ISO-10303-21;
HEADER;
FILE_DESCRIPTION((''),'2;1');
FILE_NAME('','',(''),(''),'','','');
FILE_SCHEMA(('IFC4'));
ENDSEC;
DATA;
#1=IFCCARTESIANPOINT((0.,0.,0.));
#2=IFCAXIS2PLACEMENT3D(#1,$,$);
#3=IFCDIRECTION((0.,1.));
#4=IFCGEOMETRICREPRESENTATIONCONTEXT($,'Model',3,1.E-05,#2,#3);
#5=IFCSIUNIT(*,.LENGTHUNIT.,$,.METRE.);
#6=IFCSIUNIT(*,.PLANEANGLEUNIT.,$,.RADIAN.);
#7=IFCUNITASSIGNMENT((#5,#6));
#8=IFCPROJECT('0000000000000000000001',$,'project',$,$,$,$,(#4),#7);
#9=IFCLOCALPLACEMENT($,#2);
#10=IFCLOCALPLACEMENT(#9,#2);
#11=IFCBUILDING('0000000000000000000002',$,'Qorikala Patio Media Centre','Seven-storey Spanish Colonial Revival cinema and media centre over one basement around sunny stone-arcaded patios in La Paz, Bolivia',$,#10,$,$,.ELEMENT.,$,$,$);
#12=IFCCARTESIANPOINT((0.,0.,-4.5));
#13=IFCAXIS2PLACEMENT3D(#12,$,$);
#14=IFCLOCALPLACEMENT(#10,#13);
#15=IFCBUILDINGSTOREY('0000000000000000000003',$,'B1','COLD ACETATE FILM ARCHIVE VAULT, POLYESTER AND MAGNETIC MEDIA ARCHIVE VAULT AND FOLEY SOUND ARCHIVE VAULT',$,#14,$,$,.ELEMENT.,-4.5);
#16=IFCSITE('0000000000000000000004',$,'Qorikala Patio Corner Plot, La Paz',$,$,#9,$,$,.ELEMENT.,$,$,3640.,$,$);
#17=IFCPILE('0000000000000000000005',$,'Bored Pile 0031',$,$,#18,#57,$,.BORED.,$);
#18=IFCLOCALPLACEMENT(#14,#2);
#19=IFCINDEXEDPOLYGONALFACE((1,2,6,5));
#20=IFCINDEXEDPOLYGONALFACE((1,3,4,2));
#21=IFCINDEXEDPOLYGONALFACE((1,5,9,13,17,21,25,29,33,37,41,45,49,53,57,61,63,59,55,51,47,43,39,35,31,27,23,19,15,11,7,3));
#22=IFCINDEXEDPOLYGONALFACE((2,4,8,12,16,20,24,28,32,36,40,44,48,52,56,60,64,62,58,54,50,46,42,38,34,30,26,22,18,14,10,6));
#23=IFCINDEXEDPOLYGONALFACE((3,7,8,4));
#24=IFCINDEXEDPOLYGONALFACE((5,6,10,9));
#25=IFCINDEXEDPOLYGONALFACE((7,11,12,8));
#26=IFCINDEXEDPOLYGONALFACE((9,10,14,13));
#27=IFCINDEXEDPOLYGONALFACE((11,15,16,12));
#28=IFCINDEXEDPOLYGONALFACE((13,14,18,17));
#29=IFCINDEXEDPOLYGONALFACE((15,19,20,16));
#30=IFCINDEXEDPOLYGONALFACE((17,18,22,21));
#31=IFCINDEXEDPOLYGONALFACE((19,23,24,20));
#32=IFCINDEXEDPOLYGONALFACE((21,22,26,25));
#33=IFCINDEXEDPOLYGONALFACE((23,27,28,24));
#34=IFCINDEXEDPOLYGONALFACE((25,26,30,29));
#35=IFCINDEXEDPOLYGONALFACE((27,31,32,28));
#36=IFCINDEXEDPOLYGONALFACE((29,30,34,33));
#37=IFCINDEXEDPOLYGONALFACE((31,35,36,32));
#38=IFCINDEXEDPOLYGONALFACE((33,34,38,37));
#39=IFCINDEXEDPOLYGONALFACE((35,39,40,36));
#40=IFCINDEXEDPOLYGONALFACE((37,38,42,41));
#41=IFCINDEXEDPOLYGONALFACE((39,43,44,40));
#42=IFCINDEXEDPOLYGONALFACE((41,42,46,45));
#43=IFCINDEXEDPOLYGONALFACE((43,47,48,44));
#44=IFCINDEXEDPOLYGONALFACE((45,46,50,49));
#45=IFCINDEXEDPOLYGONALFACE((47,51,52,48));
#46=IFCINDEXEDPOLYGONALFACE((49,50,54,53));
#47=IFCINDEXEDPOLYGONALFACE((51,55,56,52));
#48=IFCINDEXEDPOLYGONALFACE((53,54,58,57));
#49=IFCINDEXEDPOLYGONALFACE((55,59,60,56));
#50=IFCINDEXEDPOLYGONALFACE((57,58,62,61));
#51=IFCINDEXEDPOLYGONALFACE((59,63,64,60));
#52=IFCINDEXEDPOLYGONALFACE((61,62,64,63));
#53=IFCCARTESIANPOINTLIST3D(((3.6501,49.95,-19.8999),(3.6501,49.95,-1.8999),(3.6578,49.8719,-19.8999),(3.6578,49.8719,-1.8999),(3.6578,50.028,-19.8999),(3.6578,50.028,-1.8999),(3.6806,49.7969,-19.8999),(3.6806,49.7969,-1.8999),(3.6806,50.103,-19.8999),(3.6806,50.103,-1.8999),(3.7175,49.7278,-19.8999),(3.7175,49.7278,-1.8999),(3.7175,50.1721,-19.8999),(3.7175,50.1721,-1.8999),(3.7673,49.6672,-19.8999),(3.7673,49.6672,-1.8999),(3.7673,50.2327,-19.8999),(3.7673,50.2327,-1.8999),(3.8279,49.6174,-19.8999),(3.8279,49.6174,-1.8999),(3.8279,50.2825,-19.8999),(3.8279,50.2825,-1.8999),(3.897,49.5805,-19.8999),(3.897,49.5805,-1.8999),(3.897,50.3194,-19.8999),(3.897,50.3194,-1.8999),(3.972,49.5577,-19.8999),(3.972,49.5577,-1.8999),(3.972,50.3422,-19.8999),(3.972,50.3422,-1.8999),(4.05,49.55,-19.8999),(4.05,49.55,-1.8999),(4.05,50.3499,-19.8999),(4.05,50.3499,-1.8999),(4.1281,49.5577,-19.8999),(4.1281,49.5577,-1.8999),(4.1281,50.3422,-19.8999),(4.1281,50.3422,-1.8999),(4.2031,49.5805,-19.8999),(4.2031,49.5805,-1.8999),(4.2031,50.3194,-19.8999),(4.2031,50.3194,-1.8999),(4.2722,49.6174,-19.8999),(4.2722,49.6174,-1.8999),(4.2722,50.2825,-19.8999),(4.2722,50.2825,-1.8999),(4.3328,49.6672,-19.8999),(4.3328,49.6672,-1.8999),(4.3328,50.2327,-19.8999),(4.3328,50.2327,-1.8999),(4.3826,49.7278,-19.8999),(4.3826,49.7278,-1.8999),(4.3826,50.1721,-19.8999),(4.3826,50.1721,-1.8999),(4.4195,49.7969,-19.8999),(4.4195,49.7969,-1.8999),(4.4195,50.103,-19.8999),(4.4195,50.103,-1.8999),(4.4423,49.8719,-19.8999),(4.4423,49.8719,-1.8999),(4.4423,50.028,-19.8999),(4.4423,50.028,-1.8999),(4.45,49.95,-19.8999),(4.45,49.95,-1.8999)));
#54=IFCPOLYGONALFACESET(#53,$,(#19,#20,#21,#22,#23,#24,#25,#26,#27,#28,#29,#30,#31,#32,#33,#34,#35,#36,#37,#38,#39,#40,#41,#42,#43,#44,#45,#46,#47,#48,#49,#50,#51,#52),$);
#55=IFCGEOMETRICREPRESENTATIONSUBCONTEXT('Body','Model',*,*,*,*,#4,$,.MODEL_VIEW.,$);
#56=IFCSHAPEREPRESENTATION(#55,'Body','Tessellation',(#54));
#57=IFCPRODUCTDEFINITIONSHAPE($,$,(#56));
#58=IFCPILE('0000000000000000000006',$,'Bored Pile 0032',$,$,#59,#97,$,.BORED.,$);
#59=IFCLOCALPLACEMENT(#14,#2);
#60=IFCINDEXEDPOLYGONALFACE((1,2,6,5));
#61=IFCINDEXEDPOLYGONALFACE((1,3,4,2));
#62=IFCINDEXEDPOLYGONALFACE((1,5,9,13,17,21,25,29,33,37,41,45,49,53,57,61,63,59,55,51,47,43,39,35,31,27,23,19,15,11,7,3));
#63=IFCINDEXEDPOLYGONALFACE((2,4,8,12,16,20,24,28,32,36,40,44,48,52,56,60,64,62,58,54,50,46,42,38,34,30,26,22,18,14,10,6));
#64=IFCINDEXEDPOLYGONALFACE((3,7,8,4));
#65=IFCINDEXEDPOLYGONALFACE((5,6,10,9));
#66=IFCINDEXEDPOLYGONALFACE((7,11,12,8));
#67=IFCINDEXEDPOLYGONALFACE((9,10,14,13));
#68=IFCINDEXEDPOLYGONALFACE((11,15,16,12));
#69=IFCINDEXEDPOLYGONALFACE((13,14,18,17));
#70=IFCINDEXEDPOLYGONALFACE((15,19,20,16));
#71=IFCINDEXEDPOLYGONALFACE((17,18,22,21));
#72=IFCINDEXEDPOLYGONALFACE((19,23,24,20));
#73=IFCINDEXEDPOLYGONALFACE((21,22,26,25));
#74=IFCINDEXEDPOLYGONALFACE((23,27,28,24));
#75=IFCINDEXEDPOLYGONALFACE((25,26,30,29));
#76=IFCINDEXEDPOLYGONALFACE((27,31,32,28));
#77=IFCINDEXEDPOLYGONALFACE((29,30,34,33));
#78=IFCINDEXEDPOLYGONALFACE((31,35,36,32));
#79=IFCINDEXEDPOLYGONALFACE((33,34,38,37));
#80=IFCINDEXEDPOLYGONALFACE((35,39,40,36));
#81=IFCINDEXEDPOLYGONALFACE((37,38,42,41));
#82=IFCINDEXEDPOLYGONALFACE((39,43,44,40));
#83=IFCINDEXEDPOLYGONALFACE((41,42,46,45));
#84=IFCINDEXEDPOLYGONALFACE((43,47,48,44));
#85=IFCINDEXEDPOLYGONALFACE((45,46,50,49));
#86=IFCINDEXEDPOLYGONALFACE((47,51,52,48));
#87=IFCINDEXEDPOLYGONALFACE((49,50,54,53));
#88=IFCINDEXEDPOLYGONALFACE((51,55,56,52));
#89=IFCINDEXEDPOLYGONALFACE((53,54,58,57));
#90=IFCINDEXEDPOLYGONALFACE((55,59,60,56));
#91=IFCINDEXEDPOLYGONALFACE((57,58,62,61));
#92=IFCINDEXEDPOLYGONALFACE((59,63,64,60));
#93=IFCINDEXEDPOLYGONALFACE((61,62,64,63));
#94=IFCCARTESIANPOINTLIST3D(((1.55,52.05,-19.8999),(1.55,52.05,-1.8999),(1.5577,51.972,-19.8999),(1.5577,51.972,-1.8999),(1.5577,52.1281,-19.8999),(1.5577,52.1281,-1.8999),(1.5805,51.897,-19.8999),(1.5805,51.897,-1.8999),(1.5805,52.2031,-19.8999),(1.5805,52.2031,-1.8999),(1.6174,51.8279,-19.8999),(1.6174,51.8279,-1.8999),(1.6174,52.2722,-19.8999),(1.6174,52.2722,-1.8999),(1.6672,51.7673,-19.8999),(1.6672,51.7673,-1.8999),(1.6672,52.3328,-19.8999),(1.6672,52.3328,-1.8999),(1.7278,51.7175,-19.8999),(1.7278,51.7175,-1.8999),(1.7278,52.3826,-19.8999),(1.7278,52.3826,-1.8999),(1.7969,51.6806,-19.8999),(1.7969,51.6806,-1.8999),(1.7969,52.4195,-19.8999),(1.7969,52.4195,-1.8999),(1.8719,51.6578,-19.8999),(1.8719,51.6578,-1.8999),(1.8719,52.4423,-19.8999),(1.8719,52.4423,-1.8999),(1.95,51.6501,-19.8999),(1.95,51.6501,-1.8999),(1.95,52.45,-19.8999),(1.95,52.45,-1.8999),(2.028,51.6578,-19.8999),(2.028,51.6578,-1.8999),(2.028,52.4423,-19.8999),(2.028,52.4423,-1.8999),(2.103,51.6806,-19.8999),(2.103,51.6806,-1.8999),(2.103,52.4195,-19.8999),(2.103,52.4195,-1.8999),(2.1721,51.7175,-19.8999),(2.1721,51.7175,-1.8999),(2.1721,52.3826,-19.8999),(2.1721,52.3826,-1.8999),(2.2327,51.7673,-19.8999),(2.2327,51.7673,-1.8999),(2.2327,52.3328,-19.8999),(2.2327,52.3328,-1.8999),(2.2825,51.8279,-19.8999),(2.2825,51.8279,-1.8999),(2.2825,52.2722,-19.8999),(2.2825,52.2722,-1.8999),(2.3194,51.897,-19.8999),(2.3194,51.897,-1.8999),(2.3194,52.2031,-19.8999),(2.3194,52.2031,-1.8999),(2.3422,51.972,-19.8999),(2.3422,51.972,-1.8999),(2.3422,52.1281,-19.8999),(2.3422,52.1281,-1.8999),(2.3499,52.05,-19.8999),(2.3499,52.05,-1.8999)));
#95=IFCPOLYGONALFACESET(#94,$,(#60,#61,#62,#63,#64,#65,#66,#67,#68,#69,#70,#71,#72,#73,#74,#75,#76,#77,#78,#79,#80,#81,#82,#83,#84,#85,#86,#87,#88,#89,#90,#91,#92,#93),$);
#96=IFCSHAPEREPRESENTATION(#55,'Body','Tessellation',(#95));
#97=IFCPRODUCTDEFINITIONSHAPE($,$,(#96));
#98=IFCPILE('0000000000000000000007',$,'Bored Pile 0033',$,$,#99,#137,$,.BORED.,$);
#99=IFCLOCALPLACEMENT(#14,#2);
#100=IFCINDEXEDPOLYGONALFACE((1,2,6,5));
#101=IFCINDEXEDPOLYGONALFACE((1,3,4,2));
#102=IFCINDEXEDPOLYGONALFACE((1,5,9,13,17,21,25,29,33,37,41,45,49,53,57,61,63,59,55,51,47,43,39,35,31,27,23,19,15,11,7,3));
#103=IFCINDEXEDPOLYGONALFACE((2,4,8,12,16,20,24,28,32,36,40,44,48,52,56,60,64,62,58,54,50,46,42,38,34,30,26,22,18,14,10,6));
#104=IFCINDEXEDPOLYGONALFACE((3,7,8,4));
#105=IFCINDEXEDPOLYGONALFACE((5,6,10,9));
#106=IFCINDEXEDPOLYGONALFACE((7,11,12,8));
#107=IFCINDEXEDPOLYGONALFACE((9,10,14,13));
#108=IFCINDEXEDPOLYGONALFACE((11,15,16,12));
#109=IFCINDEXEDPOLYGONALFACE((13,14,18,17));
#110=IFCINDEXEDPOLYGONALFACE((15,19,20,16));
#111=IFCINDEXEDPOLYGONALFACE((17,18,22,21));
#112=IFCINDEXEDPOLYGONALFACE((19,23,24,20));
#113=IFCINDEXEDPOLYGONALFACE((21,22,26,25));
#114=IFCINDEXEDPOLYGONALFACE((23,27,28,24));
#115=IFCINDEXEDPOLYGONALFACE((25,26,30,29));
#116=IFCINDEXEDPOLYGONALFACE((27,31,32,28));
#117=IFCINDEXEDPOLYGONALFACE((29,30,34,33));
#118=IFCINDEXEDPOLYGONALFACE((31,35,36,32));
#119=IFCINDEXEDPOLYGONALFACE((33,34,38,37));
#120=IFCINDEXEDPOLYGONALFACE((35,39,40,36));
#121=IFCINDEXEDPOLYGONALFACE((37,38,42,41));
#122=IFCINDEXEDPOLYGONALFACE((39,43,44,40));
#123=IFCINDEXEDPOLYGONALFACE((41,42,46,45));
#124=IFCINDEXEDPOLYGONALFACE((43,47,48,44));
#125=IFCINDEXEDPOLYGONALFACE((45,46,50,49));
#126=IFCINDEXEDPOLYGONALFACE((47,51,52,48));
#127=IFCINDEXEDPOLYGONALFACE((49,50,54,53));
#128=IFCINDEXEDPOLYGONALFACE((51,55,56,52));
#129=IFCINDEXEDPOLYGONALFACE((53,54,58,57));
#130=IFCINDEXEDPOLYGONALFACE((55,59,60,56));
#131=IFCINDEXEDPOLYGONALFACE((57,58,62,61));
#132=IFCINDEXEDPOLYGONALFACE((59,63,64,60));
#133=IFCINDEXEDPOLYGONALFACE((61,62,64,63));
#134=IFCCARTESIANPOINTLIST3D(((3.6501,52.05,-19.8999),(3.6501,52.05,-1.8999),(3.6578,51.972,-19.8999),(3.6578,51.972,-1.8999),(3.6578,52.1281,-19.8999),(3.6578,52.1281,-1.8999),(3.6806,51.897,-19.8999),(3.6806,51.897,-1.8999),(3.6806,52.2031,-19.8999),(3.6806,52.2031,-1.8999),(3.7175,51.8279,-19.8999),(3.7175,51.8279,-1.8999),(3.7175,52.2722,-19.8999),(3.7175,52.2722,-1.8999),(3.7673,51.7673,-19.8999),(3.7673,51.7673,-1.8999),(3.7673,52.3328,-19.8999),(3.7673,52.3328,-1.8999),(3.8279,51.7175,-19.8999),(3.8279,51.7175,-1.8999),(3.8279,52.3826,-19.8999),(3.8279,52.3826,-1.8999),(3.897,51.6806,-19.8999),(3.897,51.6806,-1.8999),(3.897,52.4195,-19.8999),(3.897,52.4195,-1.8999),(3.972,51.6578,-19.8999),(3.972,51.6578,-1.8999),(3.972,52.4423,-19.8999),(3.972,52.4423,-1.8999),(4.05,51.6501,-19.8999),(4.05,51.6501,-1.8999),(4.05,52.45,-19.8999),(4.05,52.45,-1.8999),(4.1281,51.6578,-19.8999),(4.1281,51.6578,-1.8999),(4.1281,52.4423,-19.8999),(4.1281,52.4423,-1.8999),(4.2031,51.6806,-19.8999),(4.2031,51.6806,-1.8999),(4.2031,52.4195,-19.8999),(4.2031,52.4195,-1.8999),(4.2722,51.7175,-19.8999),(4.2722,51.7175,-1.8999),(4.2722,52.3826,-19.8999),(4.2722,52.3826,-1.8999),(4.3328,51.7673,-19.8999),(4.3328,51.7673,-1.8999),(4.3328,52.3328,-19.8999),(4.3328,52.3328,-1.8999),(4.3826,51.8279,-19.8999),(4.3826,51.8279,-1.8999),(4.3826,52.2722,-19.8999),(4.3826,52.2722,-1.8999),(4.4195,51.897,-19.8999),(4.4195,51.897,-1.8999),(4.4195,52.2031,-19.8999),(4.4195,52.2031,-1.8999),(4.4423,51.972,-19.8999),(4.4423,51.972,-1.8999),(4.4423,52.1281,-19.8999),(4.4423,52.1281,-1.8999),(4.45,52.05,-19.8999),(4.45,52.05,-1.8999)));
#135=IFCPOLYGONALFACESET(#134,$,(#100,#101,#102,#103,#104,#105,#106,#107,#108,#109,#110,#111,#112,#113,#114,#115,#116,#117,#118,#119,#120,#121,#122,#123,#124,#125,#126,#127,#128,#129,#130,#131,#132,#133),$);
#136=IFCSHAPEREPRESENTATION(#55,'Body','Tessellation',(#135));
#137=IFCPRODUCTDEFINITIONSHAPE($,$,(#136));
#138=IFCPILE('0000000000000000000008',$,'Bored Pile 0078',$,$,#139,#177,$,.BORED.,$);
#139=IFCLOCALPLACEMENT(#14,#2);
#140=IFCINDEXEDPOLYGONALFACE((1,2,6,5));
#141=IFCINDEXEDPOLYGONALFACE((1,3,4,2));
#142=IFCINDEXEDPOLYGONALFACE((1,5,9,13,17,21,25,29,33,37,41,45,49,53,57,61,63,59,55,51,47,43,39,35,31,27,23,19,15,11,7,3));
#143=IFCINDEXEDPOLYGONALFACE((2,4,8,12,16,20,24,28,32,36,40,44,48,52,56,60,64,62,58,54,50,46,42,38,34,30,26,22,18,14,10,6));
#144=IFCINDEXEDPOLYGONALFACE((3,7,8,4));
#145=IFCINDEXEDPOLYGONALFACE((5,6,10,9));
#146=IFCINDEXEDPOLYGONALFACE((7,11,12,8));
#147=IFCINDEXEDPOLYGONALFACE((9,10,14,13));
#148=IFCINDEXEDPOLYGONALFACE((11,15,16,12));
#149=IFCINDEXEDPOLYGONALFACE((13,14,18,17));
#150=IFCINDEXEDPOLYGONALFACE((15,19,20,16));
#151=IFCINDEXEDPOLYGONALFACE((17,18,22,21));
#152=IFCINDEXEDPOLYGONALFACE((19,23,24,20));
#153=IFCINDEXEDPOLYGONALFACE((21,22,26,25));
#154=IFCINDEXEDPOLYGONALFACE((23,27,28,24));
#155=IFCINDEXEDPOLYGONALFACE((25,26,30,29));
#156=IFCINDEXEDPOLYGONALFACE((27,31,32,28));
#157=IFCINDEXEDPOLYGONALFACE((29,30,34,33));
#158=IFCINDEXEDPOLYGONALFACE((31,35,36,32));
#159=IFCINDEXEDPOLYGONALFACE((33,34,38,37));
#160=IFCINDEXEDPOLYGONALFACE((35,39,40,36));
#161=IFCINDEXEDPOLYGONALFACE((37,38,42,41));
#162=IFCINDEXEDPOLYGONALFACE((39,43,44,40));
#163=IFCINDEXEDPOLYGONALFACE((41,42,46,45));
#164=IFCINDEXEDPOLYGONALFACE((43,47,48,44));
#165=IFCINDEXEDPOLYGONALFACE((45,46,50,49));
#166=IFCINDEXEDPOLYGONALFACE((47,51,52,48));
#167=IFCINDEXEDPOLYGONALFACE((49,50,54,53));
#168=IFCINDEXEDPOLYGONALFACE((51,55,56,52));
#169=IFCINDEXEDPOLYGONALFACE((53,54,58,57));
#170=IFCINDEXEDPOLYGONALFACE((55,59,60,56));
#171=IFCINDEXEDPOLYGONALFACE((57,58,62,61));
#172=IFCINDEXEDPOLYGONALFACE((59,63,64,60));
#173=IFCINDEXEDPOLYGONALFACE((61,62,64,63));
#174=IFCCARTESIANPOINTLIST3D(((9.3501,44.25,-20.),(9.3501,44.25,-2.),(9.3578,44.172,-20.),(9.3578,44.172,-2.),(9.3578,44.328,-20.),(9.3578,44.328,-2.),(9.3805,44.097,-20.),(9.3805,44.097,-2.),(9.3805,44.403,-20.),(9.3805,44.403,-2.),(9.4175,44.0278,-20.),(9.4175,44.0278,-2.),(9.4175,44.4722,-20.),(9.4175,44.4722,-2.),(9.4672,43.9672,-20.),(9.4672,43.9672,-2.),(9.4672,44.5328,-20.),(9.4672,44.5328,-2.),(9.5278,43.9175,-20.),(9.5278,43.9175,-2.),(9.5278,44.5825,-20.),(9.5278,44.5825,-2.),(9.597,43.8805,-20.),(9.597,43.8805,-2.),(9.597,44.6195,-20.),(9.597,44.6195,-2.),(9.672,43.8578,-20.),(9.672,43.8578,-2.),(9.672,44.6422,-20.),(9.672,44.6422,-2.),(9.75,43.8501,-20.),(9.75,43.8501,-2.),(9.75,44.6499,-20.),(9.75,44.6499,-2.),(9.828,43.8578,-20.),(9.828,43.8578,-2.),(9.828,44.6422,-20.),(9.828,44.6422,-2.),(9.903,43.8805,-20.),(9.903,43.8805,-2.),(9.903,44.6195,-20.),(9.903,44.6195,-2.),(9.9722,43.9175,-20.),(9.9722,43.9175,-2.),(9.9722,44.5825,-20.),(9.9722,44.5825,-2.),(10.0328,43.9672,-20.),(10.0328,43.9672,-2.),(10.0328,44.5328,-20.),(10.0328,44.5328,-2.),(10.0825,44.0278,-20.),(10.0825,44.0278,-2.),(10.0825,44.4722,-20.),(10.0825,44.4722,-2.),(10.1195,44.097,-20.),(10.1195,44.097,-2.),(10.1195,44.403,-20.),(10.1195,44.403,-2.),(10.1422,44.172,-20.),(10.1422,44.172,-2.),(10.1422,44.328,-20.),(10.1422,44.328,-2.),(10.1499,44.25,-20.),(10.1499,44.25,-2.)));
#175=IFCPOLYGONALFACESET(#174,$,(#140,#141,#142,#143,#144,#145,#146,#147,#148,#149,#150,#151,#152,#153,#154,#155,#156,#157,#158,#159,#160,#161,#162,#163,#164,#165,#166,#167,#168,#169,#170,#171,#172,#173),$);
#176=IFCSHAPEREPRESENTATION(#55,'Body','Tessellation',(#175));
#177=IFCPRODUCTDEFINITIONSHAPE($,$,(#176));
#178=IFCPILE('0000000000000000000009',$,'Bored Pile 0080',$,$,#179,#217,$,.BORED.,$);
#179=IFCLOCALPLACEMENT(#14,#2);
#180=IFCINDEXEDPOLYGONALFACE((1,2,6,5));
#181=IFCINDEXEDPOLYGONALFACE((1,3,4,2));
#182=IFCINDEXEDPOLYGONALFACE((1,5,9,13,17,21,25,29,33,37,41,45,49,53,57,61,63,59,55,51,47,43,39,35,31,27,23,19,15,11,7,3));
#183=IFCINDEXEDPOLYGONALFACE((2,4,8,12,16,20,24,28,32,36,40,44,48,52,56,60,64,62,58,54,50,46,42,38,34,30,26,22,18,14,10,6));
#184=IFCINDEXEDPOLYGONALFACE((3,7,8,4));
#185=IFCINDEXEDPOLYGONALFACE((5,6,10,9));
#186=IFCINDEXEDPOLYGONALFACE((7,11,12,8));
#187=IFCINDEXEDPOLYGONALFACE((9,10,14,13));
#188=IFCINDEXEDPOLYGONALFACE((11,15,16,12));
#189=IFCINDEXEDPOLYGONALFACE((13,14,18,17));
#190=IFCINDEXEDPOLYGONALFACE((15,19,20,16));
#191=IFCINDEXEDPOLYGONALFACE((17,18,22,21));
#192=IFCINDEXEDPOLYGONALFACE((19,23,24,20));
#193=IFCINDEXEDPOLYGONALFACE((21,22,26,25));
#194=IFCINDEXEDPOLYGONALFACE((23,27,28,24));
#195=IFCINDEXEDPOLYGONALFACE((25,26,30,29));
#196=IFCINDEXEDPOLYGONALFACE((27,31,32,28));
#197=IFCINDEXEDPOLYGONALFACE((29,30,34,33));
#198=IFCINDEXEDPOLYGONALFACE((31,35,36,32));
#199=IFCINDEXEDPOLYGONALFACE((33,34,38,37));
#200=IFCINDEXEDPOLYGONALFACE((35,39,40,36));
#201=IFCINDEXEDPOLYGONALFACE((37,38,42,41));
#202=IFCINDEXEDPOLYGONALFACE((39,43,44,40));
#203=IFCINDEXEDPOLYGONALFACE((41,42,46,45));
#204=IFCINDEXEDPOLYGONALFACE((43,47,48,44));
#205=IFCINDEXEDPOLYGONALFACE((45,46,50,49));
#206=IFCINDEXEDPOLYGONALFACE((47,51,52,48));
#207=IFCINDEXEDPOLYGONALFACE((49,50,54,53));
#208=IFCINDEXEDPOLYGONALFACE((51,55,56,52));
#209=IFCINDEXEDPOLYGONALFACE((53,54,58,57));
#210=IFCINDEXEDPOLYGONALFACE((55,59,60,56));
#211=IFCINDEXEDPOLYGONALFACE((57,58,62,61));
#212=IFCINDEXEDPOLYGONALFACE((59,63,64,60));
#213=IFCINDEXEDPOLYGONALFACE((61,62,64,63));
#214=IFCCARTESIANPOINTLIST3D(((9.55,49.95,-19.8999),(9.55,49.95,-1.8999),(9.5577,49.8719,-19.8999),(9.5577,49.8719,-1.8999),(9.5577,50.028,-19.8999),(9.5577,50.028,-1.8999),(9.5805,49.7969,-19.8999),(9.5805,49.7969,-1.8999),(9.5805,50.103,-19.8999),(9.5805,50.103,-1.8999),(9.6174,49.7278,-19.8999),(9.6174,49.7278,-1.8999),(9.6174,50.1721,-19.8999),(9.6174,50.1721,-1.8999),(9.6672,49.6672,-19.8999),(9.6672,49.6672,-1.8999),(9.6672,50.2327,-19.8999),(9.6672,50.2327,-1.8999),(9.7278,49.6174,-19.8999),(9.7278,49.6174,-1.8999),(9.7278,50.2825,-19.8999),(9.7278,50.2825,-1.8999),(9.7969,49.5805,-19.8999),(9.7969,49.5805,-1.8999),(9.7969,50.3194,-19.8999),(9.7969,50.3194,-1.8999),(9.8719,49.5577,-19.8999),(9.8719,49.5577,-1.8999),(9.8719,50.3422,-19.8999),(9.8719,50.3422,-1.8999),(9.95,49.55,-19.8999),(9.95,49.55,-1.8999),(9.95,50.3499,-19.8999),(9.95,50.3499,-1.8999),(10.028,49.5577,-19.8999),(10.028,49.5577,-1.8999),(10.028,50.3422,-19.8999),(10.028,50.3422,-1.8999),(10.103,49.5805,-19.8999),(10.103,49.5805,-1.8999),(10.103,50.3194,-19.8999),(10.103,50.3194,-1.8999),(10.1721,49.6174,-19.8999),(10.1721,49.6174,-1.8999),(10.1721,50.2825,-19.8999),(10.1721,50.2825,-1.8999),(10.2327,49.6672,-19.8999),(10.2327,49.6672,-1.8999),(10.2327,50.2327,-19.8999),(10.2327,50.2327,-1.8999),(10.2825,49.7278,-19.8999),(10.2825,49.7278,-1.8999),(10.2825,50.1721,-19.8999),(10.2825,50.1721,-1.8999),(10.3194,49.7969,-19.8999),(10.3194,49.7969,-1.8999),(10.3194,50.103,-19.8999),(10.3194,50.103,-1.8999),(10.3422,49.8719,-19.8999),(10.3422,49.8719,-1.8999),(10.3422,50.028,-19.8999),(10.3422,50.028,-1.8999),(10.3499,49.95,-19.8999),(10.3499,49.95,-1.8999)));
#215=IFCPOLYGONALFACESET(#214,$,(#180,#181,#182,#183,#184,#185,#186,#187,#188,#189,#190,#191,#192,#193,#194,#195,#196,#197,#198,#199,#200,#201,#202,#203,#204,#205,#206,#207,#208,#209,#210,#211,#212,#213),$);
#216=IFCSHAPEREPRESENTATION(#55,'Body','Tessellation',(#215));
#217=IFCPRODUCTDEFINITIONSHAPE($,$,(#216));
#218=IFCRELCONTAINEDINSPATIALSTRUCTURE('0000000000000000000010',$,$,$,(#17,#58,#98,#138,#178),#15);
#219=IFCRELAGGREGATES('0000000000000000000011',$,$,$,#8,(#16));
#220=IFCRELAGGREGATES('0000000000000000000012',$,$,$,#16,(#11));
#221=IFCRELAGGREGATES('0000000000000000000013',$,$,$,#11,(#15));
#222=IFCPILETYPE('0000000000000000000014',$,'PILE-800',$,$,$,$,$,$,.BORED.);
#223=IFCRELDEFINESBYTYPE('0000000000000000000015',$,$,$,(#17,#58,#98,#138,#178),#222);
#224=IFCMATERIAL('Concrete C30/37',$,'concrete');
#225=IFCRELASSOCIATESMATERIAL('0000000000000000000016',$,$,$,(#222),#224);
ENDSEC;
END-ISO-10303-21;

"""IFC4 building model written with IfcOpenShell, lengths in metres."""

from ifc_helpers import new_model, si_unit, direction, frame, origin, origin_2d, place, context, subcontext, project, spatial, circle, extrude, material, material_profile, profile_set, type_object, element, save


model = new_model("IFC4")

# Units and contexts
model_context = context("Model", 3, precision=1e-05, world=origin(), true_north=direction((0.0, 1.0)))
body_context = subcontext(model_context, "Body", "Model", "MODEL_VIEW")
ifc_project = project(units=[si_unit("LENGTHUNIT", "METRE"), si_unit("PLANEANGLEUNIT", "RADIAN")], contexts=[model_context])

# Site, building, storey
site_placement = place(None, origin())
site = spatial("IfcSite", under=ifc_project, at=site_placement, Name="Qorikala Patio Corner Plot, La Paz", CompositionType="ELEMENT", RefElevation=3640.0)
building_placement = place(site_placement, origin())
building = spatial("IfcBuilding", under=site, at=building_placement, Name="Qorikala Patio Media Centre", Description="Seven-storey Spanish Colonial Revival cinema and media centre over one basement around sunny stone-arcaded patios in La Paz, Bolivia", CompositionType="ELEMENT")
storey_placement = place(building_placement, frame((0.0, 0.0, -4.5)))
storey = spatial("IfcBuildingStorey", under=building, at=storey_placement, Name="B1", Description="COLD ACETATE FILM ARCHIVE VAULT, POLYESTER AND MAGNETIC MEDIA ARCHIVE VAULT AND FOLEY SOUND ARCHIVE VAULT", CompositionType="ELEMENT", Elevation=-4.5)

# Shared definitions
ifc_material_1 = material(Name="Concrete C30/37", Category="concrete")

# Piles
ifc_material_profile_1 = material_profile(ifc_material_1, circle(Radius=0.3999, at=origin_2d()), Name="BORED PILE 800")
ifc_profile_set_1 = profile_set([ifc_material_profile_1], Name="Concrete C30/37")
pile_type_1 = type_object("IfcPileType", Name="PILE-800", PredefinedType="BORED", material=ifc_profile_set_1)
for number, where, z_axis, x_axis, name in (
    (1, (4.05, 49.95, -1.8999), (0.0, 0.0, -1.0), (1.0, 0.0, 0.0), "Bored Pile 0031"),
    (2, (1.95, 52.05, -1.8999), (0.0, 0.0, -1.0), (1.0, 0.0, 0.0), "Bored Pile 0032"),
    (3, (4.05, 52.05, -1.8999), (0.0, 0.0, -1.0), (1.0, 0.0, 0.0), "Bored Pile 0033"),
    (4, (9.75, 44.25, -2.0), (0.0, 0.0, -1.0), (1.0, 0.0, 0.0), "Bored Pile 0078"),
    (5, (9.95, 49.95, -1.8999), (0.0, 0.0, -1.0), (1.0, 0.0, 0.0), "Bored Pile 0080"),
):
    element("IfcPile", number, at=place(storey_placement, frame(where, z_axis=z_axis, x_axis=x_axis)), inside=storey, type_object=pile_type_1, Name=name, PredefinedType="BORED", context=body_context, shape_type="SweptSolid", body=[
        extrude(circle(Radius=0.3999, at=origin_2d()), origin(), (0.0, 0.0, 1.0), 18.0),
    ])

save(model, "model.ifc")
